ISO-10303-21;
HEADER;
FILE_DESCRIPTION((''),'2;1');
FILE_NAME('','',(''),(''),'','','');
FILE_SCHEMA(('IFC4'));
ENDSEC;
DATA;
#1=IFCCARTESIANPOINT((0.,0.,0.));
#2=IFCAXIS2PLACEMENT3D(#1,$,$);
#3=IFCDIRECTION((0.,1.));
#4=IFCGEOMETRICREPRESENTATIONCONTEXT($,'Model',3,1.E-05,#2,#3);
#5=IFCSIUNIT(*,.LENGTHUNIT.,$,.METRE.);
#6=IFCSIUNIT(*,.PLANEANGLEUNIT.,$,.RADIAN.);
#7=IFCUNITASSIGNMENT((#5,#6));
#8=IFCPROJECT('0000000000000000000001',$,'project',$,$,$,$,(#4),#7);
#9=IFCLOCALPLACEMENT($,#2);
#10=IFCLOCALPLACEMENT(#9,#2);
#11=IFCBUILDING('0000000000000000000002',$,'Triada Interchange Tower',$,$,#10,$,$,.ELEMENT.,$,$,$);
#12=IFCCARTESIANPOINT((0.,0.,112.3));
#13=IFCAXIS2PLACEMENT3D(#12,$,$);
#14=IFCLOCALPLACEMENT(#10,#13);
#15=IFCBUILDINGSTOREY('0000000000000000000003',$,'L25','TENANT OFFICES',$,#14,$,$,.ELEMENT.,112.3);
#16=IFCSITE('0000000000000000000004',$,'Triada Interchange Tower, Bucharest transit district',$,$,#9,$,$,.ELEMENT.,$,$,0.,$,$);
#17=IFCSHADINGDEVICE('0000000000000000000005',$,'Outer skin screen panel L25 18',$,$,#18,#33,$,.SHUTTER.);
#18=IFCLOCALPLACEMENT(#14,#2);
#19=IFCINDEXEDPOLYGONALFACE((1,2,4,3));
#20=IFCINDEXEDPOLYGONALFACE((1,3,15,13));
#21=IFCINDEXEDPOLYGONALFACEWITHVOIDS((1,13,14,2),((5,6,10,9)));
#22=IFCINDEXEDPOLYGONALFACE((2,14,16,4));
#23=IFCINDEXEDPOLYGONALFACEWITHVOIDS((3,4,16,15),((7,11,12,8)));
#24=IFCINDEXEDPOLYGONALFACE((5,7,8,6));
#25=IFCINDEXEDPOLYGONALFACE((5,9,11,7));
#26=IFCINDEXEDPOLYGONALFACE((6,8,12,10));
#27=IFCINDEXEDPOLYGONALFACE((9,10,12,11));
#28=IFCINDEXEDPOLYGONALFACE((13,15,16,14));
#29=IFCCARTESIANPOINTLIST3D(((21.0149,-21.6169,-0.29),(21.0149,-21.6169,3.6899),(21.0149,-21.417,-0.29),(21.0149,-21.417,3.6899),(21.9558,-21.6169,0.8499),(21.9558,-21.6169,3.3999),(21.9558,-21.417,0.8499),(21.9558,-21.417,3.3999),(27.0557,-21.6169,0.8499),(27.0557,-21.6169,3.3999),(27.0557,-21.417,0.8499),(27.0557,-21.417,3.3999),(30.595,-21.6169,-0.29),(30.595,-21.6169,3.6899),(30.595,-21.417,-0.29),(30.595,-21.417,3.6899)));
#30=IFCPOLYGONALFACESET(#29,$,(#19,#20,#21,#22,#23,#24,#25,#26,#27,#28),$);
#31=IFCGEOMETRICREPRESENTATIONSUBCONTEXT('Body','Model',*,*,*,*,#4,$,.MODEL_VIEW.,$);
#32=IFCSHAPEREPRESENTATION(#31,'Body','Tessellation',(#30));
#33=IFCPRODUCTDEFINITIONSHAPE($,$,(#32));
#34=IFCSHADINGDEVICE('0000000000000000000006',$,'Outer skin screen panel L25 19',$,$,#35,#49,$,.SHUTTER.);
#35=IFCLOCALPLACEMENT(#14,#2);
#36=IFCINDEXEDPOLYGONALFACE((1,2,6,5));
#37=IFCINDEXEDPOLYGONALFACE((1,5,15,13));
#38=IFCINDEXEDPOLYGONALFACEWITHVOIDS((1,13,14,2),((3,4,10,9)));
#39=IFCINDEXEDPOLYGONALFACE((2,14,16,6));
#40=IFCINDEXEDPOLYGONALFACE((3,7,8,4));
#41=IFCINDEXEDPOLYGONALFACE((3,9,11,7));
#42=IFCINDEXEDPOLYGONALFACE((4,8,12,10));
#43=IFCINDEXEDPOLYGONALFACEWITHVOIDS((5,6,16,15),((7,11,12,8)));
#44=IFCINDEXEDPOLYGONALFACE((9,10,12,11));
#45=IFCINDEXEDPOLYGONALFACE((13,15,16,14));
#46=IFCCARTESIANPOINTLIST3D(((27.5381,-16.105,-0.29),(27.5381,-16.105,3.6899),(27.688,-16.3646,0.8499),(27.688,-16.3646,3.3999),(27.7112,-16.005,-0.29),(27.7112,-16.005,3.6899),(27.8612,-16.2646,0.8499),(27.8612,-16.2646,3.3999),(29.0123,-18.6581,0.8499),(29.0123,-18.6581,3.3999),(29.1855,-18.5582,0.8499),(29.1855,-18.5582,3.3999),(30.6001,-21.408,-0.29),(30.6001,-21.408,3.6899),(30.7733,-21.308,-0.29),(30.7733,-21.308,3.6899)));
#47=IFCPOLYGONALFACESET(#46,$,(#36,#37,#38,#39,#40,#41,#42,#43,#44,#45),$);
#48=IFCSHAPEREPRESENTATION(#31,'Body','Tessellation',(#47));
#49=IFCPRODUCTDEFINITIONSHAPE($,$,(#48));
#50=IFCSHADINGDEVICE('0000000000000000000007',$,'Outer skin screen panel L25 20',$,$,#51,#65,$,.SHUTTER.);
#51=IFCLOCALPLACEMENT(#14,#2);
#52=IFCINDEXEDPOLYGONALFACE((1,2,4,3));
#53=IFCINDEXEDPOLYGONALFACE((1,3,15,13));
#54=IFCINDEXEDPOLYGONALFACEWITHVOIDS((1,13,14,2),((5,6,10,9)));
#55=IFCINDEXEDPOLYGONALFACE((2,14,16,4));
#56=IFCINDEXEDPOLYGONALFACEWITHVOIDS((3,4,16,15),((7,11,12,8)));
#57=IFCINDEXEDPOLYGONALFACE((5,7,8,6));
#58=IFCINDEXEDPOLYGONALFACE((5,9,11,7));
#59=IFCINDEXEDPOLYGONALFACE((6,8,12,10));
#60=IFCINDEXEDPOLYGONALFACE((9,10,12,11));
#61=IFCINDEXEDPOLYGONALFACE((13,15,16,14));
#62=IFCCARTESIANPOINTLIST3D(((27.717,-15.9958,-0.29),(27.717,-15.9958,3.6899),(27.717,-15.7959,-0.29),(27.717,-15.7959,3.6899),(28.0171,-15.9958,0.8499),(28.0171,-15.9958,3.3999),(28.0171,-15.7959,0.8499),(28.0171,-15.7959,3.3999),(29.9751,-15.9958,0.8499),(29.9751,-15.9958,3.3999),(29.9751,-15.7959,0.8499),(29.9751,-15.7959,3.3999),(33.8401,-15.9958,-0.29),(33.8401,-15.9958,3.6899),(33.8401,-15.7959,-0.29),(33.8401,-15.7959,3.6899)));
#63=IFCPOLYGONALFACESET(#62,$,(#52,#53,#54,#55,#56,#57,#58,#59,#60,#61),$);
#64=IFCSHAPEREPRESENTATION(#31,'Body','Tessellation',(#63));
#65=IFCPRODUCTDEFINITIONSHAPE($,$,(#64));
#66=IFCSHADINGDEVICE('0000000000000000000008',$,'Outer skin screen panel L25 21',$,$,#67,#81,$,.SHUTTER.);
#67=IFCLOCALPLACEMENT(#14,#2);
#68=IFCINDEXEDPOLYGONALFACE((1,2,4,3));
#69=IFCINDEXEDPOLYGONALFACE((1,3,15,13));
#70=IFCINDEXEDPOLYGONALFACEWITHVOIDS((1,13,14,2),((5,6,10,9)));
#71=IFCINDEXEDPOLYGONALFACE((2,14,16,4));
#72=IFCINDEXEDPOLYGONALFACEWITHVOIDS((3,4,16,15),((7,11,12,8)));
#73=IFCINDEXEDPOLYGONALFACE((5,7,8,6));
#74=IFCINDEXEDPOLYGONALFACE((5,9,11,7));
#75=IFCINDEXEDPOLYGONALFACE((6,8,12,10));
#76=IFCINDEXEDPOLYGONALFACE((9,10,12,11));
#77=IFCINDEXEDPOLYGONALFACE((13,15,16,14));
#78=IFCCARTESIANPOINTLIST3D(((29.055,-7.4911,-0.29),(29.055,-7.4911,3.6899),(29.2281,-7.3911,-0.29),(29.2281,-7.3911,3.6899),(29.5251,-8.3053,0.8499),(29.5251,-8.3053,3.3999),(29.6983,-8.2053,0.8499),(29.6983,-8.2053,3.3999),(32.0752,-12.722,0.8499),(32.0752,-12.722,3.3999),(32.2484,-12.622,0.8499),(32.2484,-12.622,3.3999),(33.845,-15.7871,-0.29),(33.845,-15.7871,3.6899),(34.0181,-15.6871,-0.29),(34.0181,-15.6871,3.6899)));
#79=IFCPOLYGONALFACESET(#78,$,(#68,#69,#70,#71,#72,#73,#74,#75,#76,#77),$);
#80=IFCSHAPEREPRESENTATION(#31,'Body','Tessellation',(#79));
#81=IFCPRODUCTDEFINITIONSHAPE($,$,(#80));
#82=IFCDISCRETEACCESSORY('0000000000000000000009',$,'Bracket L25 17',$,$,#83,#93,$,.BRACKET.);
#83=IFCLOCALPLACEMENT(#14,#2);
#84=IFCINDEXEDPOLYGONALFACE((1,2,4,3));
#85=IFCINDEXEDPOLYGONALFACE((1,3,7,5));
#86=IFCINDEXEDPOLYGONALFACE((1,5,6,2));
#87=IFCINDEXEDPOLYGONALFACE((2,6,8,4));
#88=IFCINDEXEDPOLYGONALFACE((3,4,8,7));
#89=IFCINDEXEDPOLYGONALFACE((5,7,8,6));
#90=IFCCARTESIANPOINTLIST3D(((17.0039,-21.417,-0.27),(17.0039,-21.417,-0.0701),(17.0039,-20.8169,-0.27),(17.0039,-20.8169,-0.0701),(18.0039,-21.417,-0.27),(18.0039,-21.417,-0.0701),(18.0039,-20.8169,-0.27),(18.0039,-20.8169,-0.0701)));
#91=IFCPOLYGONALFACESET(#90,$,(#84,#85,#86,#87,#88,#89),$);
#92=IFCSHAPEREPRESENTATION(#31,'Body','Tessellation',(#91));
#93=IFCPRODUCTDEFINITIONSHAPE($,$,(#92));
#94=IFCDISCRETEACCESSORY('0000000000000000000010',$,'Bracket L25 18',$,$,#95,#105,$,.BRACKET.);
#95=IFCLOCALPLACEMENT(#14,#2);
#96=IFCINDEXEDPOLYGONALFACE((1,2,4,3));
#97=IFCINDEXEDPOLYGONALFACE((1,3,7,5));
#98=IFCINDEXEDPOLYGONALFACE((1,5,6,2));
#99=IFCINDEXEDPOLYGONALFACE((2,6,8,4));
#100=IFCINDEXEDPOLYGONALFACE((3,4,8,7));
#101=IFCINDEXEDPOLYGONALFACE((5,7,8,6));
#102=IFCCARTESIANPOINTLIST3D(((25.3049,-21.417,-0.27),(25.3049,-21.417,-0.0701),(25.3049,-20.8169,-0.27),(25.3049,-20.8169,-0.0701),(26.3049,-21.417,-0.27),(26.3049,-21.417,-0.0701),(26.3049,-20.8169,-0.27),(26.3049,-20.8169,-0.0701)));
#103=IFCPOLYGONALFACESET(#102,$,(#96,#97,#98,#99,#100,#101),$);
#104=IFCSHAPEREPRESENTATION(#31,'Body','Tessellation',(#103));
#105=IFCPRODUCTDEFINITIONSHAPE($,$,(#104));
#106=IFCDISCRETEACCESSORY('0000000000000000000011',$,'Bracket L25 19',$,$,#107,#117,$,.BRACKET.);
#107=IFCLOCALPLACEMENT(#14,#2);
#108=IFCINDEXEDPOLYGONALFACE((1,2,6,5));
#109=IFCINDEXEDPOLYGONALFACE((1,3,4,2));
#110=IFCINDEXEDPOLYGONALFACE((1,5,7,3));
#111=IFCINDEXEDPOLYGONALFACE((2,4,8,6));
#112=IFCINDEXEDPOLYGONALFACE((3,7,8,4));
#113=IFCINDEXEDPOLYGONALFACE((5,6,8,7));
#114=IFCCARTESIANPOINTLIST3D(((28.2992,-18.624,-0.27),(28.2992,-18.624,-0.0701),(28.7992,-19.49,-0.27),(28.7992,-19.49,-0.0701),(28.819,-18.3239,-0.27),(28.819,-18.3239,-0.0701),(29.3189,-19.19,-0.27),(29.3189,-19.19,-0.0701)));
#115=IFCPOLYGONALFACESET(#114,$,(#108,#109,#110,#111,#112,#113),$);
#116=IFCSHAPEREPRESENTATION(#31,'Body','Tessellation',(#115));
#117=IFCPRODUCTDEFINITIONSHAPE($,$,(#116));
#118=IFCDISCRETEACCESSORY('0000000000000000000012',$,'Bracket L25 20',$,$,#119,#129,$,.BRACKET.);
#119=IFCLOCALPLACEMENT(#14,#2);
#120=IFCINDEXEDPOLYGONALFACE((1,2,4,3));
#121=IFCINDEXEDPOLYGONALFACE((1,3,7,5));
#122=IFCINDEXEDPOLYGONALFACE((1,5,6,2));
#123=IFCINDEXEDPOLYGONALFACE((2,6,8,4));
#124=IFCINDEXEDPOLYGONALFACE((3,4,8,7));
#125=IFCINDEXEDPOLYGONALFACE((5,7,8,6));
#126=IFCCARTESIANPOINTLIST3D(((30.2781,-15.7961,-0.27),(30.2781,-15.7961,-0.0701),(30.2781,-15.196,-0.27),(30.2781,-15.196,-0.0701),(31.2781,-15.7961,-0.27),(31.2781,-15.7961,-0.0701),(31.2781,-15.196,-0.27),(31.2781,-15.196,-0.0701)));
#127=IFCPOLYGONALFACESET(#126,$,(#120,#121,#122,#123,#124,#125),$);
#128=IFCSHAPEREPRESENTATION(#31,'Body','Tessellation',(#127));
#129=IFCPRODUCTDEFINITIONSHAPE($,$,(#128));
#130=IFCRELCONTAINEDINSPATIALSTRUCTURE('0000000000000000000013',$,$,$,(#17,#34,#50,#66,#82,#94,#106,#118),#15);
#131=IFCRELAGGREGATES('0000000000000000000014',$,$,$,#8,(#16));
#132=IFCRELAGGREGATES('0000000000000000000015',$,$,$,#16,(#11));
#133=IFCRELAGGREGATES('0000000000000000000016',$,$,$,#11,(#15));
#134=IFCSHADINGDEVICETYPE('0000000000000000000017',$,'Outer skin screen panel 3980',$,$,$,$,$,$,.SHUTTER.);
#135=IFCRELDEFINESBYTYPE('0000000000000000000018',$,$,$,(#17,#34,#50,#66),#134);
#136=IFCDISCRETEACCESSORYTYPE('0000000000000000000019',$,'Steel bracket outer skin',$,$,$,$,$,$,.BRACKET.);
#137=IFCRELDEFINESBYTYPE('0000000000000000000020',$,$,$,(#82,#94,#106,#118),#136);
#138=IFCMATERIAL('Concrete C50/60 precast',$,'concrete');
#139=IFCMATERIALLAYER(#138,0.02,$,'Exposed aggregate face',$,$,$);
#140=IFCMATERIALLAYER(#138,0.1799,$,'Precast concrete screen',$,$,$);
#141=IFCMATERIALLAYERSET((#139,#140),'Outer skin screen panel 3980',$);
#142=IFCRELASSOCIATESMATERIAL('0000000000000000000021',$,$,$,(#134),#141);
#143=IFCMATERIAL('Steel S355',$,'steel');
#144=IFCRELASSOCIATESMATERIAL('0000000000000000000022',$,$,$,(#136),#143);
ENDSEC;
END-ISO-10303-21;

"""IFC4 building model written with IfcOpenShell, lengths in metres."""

from ifc_helpers import new_model, si_unit, direction, frame, origin, origin_2d, place, context, subcontext, project, spatial, polyline, rectangle, outline, extrude, material, layer, layer_set, type_object, element, save


model = new_model("IFC4")

# Units and contexts
model_context = context("Model", 3, precision=1e-05, world=origin(), true_north=direction((0.0, 1.0)))
body_context = subcontext(model_context, "Body", "Model", "MODEL_VIEW")
ifc_project = project(units=[si_unit("LENGTHUNIT", "METRE"), si_unit("PLANEANGLEUNIT", "RADIAN")], contexts=[model_context])

# Site, building, storey
site_placement = place(None, origin())
site = spatial("IfcSite", under=ifc_project, at=site_placement, Name="Triada Interchange Tower, Bucharest transit district", CompositionType="ELEMENT", RefElevation=0.0)
building_placement = place(site_placement, origin())
building = spatial("IfcBuilding", under=site, at=building_placement, Name="Triada Interchange Tower", CompositionType="ELEMENT")
storey_placement = place(building_placement, frame((0.0, 0.0, 112.3)))
storey = spatial("IfcBuildingStorey", under=building, at=storey_placement, Name="L25", Description="TENANT OFFICES", CompositionType="ELEMENT", Elevation=112.3)

# Shading devices
ifc_material_1 = material(Name="Concrete C50/60 precast", Category="concrete")
ifc_layer_1 = layer(ifc_material_1, 0.02, Name="Exposed aggregate face")
ifc_layer_2 = layer(ifc_material_1, 0.1799, Name="Precast concrete screen")
ifc_layer_set_1 = layer_set([ifc_layer_1, ifc_layer_2], Name="Outer skin screen panel 3980")
shading_device_type = type_object("IfcShadingDeviceType", Name="Outer skin screen panel 3980", PredefinedType="SHUTTER", material=ifc_layer_set_1)
shading_device_1_placement = place(storey_placement, frame((21.0149, -21.417, -0.29), z_axis=(0.0, 0.0, 1.0), x_axis=(1.0, 0.0, 0.0)))
element("IfcShadingDevice", 1, at=shading_device_1_placement, inside=storey, type_object=shading_device_type, Name="Outer skin screen panel L25 18", PredefinedType="SHUTTER", context=body_context, shape_type="SweptSolid", body=[
    extrude(outline(polyline([(0.0, 0.0), (9.5801, 0.0), (9.5801, 3.98), (0.0, 3.98), (0.0, 0.0)]), holes=[polyline([(0.9409, 1.1399), (0.9409, 3.6899), (6.0408, 3.6899), (6.0408, 1.1399), (0.9409, 1.1399)])]), frame((0.0, 0.0, 0.0), z_axis=(0.0, -1.0, 0.0), x_axis=(1.0, 0.0, 0.0)), (0.0, 0.0, 1.0), 0.2),
])
shading_device_2_placement = place(storey_placement, frame((30.6001, -21.408, -0.29), z_axis=(0.0, 0.0, 1.0), x_axis=(-0.500041, 0.866002, 0.0)))
element("IfcShadingDevice", 2, at=shading_device_2_placement, inside=storey, type_object=shading_device_type, Name="Outer skin screen panel L25 19", PredefinedType="SHUTTER", context=body_context, shape_type="SweptSolid", body=[
    extrude(outline(polyline([(0.0, 0.0), (6.1235, 0.0), (6.1235, 3.98), (0.0, 3.98), (0.0, 0.0)]), holes=[polyline([(3.1753, 1.1399), (3.1753, 3.6899), (5.8237, 3.6899), (5.8237, 1.1399), (3.1753, 1.1399)])]), frame((0.0, 0.0, 0.0), z_axis=(0.0, -1.0, 0.0), x_axis=(1.0, 0.0, 0.0)), (0.0, 0.0, 1.0), 0.2),
])
shading_device_3_placement = place(storey_placement, frame((27.717, -15.7959, -0.29), z_axis=(0.0, 0.0, 1.0), x_axis=(1.0, 0.0, 0.0)))
element("IfcShadingDevice", 3, at=shading_device_3_placement, inside=storey, type_object=shading_device_type, Name="Outer skin screen panel L25 20", PredefinedType="SHUTTER", context=body_context, shape_type="SweptSolid", body=[
    extrude(outline(polyline([(0.0, 0.0), (6.123, 0.0), (6.123, 3.98), (0.0, 3.98), (0.0, 0.0)]), holes=[polyline([(0.3, 1.1399), (0.3, 3.6899), (2.2581, 3.6899), (2.2581, 1.1399), (0.3, 1.1399)])]), frame((0.0, 0.0, 0.0), z_axis=(0.0, -1.0, 0.0), x_axis=(1.0, 0.0, 0.0)), (0.0, 0.0, 1.0), 0.2),
])
shading_device_4_placement = place(storey_placement, frame((33.845, -15.7871, -0.29), z_axis=(0.0, 0.0, 1.0), x_axis=(-0.50002, 0.866014, 0.0)))
element("IfcShadingDevice", 4, at=shading_device_4_placement, inside=storey, type_object=shading_device_type, Name="Outer skin screen panel L25 21", PredefinedType="SHUTTER", context=body_context, shape_type="SweptSolid", body=[
    extrude(outline(polyline([(0.0, 0.0), (9.5796, 0.0), (9.5796, 3.98), (0.0, 3.98), (0.0, 0.0)]), holes=[polyline([(3.5393, 1.1399), (3.5393, 3.6899), (8.6394, 3.6899), (8.6394, 1.1399), (3.5393, 1.1399)])]), frame((0.0, 0.0, 0.0), z_axis=(0.0, -1.0, 0.0), x_axis=(1.0, 0.0, 0.0)), (0.0, 0.0, 1.0), 0.2),
])

# Discrete accessories
ifc_material_2 = material(Name="Steel S355", Category="steel")
discrete_accessory_type = type_object("IfcDiscreteAccessoryType", Name="Steel bracket outer skin", PredefinedType="BRACKET", material=ifc_material_2)
for number, where, z_axis, x_axis, name in (
    (5, (17.5039, -21.1169, -0.27), (0.0, 0.0, 1.0), (0.0, -1.0, 0.0), "Bracket L25 17"),
    (6, (25.8049, -21.1169, -0.27), (0.0, 0.0, 1.0), (0.0, -1.0, 0.0), "Bracket L25 18"),
    (7, (28.8091, -18.907, -0.27), (0.0, 0.0, 1.0), (0.866044, 0.499967, 0.0), "Bracket L25 19"),
    (8, (30.7781, -15.4961, -0.27), (0.0, 0.0, 1.0), (0.0, -1.0, 0.0), "Bracket L25 20"),
):
    element("IfcDiscreteAccessory", number, at=place(storey_placement, frame(where, z_axis=z_axis, x_axis=x_axis)), inside=storey, type_object=discrete_accessory_type, Name=name, PredefinedType="BRACKET", context=body_context, shape_type="SweptSolid", body=[
        extrude(rectangle(XDim=0.6001, YDim=1.0, at=origin_2d()), origin(), (0.0, 0.0, 1.0), 0.2),
    ])

save(model, "model.ifc")
